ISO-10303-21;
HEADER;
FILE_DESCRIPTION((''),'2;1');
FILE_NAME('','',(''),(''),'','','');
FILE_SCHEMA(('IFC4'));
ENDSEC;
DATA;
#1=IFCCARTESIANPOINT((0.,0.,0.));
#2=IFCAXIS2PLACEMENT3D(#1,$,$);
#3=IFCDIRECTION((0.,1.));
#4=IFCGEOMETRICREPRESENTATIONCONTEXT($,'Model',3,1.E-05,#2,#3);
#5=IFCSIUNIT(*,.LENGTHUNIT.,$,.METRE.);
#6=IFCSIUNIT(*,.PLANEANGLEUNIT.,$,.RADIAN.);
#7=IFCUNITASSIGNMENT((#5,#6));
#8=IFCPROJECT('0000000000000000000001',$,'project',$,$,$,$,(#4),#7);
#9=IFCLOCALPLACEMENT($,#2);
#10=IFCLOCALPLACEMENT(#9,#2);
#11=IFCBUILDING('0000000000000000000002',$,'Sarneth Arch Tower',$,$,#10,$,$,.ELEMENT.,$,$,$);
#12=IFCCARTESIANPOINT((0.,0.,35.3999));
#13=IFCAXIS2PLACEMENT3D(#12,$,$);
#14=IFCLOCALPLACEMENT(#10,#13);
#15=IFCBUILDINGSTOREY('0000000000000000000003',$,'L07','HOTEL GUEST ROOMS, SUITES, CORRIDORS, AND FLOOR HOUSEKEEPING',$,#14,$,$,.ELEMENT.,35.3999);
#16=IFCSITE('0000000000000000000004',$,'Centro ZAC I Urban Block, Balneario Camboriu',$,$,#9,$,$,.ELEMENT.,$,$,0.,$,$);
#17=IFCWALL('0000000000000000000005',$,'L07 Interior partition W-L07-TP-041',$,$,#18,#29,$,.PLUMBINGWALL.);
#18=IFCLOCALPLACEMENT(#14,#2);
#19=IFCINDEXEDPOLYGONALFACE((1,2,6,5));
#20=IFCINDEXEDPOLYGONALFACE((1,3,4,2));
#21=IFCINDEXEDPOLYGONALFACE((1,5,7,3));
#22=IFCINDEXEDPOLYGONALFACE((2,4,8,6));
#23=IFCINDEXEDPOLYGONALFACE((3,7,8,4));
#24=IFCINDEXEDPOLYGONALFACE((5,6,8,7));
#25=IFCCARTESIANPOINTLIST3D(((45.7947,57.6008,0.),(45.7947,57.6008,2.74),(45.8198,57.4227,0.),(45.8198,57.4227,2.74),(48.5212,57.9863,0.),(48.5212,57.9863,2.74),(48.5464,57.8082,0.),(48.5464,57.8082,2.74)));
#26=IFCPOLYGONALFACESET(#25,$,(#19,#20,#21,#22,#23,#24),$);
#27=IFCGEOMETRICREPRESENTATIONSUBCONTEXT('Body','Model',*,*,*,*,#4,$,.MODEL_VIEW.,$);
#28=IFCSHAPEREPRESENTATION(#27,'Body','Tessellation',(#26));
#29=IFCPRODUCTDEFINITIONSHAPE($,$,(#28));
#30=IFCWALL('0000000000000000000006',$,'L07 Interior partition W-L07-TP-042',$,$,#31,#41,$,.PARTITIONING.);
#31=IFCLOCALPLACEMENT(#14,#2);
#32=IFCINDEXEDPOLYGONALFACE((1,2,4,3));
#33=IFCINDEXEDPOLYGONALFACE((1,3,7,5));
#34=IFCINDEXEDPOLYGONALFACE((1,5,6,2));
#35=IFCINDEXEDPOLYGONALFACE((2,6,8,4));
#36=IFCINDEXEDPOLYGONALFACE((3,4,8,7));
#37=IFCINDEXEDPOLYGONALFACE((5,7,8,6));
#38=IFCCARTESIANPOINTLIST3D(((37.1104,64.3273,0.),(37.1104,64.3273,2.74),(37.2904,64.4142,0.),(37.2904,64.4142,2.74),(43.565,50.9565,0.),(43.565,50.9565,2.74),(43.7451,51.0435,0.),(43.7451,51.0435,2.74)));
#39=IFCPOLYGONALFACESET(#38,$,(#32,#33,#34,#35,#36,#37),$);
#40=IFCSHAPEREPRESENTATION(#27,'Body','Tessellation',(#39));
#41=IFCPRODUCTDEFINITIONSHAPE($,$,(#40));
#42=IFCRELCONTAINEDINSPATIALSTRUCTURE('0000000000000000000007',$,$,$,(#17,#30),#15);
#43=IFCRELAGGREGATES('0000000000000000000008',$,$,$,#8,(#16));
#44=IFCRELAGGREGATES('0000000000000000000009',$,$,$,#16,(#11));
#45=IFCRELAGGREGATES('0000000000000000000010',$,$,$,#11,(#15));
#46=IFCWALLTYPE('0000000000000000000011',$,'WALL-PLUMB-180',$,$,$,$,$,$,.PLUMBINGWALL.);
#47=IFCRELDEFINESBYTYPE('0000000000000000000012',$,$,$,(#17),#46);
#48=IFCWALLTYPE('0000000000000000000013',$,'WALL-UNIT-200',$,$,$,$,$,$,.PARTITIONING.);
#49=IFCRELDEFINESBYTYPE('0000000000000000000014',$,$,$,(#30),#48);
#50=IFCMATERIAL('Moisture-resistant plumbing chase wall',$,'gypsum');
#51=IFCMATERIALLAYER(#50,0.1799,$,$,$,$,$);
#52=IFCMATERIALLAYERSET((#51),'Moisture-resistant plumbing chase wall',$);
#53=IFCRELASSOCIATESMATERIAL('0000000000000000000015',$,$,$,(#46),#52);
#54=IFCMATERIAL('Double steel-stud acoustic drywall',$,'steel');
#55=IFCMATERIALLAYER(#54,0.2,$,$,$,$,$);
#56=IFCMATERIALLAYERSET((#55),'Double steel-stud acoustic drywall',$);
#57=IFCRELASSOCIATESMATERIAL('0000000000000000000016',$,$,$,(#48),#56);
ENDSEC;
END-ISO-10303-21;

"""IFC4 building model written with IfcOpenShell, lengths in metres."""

from ifc_helpers import new_model, si_unit, direction, frame, frame_2d, origin, place, context, subcontext, project, spatial, rectangle, extrude, material, layer, layer_set, type_object, element, save


model = new_model("IFC4")

# Units and contexts
model_context = context("Model", 3, precision=1e-05, world=origin(), true_north=direction((0.0, 1.0)))
body_context = subcontext(model_context, "Body", "Model", "MODEL_VIEW")
ifc_project = project(units=[si_unit("LENGTHUNIT", "METRE"), si_unit("PLANEANGLEUNIT", "RADIAN")], contexts=[model_context])

# Site, building, storey
site_placement = place(None, origin())
site = spatial("IfcSite", under=ifc_project, at=site_placement, Name="Centro ZAC I Urban Block, Balneario Camboriu", CompositionType="ELEMENT", RefElevation=0.0)
building_placement = place(site_placement, origin())
building = spatial("IfcBuilding", under=site, at=building_placement, Name="Sarneth Arch Tower", CompositionType="ELEMENT")
storey_placement = place(building_placement, frame((0.0, 0.0, 35.3999)))
storey = spatial("IfcBuildingStorey", under=building, at=storey_placement, Name="L07", Description="HOTEL GUEST ROOMS, SUITES, CORRIDORS, AND FLOOR HOUSEKEEPING", CompositionType="ELEMENT", Elevation=35.3999)

# Shared definitions
ifc_material_1 = material(Name="Moisture-resistant plumbing chase wall", Category="gypsum")
ifc_layer_1 = layer(ifc_material_1, 0.1799)
ifc_layer_set_1 = layer_set([ifc_layer_1], Name="Moisture-resistant plumbing chase wall")
wall_type_1 = type_object("IfcWallType", Name="WALL-PLUMB-180", PredefinedType="PLUMBINGWALL", material=ifc_layer_set_1)

# Walls
wall_1_placement = place(storey_placement, frame((45.8071, 57.5117, 0.0), z_axis=(0.0, 0.0, 1.0), x_axis=(0.990152, 0.139994, 0.0)))
element("IfcWall", 1, at=wall_1_placement, inside=storey, type_object=wall_type_1, Name="L07 Interior partition W-L07-TP-041", PredefinedType="PLUMBINGWALL", context=body_context, shape_type="SweptSolid", body=[
    extrude(rectangle(XDim=2.7537, YDim=0.1799, at=frame_2d((1.377, 0.0))), origin(), (0.0, 0.0, 1.0), 2.74),
])
ifc_material_2 = material(Name="Double steel-stud acoustic drywall", Category="steel")
ifc_layer_2 = layer(ifc_material_2, 0.2)
ifc_layer_set_2 = layer_set([ifc_layer_2], Name="Double steel-stud acoustic drywall")
wall_type_2 = type_object("IfcWallType", Name="WALL-UNIT-200", PredefinedType="PARTITIONING", material=ifc_layer_set_2)
wall_2_placement = place(storey_placement, frame((43.655, 51.0, 0.0), z_axis=(0.0, 0.0, 1.0), x_axis=(-0.434739, 0.900557, 0.0)))
element("IfcWall", 2, at=wall_2_placement, inside=storey, type_object=wall_type_2, Name="L07 Interior partition W-L07-TP-042", PredefinedType="PARTITIONING", context=body_context, shape_type="SweptSolid", body=[
    extrude(rectangle(XDim=14.8472, YDim=0.2, at=frame_2d((7.4236, 0.0))), origin(), (0.0, 0.0, 1.0), 2.74),
])

save(model, "model.ifc")
